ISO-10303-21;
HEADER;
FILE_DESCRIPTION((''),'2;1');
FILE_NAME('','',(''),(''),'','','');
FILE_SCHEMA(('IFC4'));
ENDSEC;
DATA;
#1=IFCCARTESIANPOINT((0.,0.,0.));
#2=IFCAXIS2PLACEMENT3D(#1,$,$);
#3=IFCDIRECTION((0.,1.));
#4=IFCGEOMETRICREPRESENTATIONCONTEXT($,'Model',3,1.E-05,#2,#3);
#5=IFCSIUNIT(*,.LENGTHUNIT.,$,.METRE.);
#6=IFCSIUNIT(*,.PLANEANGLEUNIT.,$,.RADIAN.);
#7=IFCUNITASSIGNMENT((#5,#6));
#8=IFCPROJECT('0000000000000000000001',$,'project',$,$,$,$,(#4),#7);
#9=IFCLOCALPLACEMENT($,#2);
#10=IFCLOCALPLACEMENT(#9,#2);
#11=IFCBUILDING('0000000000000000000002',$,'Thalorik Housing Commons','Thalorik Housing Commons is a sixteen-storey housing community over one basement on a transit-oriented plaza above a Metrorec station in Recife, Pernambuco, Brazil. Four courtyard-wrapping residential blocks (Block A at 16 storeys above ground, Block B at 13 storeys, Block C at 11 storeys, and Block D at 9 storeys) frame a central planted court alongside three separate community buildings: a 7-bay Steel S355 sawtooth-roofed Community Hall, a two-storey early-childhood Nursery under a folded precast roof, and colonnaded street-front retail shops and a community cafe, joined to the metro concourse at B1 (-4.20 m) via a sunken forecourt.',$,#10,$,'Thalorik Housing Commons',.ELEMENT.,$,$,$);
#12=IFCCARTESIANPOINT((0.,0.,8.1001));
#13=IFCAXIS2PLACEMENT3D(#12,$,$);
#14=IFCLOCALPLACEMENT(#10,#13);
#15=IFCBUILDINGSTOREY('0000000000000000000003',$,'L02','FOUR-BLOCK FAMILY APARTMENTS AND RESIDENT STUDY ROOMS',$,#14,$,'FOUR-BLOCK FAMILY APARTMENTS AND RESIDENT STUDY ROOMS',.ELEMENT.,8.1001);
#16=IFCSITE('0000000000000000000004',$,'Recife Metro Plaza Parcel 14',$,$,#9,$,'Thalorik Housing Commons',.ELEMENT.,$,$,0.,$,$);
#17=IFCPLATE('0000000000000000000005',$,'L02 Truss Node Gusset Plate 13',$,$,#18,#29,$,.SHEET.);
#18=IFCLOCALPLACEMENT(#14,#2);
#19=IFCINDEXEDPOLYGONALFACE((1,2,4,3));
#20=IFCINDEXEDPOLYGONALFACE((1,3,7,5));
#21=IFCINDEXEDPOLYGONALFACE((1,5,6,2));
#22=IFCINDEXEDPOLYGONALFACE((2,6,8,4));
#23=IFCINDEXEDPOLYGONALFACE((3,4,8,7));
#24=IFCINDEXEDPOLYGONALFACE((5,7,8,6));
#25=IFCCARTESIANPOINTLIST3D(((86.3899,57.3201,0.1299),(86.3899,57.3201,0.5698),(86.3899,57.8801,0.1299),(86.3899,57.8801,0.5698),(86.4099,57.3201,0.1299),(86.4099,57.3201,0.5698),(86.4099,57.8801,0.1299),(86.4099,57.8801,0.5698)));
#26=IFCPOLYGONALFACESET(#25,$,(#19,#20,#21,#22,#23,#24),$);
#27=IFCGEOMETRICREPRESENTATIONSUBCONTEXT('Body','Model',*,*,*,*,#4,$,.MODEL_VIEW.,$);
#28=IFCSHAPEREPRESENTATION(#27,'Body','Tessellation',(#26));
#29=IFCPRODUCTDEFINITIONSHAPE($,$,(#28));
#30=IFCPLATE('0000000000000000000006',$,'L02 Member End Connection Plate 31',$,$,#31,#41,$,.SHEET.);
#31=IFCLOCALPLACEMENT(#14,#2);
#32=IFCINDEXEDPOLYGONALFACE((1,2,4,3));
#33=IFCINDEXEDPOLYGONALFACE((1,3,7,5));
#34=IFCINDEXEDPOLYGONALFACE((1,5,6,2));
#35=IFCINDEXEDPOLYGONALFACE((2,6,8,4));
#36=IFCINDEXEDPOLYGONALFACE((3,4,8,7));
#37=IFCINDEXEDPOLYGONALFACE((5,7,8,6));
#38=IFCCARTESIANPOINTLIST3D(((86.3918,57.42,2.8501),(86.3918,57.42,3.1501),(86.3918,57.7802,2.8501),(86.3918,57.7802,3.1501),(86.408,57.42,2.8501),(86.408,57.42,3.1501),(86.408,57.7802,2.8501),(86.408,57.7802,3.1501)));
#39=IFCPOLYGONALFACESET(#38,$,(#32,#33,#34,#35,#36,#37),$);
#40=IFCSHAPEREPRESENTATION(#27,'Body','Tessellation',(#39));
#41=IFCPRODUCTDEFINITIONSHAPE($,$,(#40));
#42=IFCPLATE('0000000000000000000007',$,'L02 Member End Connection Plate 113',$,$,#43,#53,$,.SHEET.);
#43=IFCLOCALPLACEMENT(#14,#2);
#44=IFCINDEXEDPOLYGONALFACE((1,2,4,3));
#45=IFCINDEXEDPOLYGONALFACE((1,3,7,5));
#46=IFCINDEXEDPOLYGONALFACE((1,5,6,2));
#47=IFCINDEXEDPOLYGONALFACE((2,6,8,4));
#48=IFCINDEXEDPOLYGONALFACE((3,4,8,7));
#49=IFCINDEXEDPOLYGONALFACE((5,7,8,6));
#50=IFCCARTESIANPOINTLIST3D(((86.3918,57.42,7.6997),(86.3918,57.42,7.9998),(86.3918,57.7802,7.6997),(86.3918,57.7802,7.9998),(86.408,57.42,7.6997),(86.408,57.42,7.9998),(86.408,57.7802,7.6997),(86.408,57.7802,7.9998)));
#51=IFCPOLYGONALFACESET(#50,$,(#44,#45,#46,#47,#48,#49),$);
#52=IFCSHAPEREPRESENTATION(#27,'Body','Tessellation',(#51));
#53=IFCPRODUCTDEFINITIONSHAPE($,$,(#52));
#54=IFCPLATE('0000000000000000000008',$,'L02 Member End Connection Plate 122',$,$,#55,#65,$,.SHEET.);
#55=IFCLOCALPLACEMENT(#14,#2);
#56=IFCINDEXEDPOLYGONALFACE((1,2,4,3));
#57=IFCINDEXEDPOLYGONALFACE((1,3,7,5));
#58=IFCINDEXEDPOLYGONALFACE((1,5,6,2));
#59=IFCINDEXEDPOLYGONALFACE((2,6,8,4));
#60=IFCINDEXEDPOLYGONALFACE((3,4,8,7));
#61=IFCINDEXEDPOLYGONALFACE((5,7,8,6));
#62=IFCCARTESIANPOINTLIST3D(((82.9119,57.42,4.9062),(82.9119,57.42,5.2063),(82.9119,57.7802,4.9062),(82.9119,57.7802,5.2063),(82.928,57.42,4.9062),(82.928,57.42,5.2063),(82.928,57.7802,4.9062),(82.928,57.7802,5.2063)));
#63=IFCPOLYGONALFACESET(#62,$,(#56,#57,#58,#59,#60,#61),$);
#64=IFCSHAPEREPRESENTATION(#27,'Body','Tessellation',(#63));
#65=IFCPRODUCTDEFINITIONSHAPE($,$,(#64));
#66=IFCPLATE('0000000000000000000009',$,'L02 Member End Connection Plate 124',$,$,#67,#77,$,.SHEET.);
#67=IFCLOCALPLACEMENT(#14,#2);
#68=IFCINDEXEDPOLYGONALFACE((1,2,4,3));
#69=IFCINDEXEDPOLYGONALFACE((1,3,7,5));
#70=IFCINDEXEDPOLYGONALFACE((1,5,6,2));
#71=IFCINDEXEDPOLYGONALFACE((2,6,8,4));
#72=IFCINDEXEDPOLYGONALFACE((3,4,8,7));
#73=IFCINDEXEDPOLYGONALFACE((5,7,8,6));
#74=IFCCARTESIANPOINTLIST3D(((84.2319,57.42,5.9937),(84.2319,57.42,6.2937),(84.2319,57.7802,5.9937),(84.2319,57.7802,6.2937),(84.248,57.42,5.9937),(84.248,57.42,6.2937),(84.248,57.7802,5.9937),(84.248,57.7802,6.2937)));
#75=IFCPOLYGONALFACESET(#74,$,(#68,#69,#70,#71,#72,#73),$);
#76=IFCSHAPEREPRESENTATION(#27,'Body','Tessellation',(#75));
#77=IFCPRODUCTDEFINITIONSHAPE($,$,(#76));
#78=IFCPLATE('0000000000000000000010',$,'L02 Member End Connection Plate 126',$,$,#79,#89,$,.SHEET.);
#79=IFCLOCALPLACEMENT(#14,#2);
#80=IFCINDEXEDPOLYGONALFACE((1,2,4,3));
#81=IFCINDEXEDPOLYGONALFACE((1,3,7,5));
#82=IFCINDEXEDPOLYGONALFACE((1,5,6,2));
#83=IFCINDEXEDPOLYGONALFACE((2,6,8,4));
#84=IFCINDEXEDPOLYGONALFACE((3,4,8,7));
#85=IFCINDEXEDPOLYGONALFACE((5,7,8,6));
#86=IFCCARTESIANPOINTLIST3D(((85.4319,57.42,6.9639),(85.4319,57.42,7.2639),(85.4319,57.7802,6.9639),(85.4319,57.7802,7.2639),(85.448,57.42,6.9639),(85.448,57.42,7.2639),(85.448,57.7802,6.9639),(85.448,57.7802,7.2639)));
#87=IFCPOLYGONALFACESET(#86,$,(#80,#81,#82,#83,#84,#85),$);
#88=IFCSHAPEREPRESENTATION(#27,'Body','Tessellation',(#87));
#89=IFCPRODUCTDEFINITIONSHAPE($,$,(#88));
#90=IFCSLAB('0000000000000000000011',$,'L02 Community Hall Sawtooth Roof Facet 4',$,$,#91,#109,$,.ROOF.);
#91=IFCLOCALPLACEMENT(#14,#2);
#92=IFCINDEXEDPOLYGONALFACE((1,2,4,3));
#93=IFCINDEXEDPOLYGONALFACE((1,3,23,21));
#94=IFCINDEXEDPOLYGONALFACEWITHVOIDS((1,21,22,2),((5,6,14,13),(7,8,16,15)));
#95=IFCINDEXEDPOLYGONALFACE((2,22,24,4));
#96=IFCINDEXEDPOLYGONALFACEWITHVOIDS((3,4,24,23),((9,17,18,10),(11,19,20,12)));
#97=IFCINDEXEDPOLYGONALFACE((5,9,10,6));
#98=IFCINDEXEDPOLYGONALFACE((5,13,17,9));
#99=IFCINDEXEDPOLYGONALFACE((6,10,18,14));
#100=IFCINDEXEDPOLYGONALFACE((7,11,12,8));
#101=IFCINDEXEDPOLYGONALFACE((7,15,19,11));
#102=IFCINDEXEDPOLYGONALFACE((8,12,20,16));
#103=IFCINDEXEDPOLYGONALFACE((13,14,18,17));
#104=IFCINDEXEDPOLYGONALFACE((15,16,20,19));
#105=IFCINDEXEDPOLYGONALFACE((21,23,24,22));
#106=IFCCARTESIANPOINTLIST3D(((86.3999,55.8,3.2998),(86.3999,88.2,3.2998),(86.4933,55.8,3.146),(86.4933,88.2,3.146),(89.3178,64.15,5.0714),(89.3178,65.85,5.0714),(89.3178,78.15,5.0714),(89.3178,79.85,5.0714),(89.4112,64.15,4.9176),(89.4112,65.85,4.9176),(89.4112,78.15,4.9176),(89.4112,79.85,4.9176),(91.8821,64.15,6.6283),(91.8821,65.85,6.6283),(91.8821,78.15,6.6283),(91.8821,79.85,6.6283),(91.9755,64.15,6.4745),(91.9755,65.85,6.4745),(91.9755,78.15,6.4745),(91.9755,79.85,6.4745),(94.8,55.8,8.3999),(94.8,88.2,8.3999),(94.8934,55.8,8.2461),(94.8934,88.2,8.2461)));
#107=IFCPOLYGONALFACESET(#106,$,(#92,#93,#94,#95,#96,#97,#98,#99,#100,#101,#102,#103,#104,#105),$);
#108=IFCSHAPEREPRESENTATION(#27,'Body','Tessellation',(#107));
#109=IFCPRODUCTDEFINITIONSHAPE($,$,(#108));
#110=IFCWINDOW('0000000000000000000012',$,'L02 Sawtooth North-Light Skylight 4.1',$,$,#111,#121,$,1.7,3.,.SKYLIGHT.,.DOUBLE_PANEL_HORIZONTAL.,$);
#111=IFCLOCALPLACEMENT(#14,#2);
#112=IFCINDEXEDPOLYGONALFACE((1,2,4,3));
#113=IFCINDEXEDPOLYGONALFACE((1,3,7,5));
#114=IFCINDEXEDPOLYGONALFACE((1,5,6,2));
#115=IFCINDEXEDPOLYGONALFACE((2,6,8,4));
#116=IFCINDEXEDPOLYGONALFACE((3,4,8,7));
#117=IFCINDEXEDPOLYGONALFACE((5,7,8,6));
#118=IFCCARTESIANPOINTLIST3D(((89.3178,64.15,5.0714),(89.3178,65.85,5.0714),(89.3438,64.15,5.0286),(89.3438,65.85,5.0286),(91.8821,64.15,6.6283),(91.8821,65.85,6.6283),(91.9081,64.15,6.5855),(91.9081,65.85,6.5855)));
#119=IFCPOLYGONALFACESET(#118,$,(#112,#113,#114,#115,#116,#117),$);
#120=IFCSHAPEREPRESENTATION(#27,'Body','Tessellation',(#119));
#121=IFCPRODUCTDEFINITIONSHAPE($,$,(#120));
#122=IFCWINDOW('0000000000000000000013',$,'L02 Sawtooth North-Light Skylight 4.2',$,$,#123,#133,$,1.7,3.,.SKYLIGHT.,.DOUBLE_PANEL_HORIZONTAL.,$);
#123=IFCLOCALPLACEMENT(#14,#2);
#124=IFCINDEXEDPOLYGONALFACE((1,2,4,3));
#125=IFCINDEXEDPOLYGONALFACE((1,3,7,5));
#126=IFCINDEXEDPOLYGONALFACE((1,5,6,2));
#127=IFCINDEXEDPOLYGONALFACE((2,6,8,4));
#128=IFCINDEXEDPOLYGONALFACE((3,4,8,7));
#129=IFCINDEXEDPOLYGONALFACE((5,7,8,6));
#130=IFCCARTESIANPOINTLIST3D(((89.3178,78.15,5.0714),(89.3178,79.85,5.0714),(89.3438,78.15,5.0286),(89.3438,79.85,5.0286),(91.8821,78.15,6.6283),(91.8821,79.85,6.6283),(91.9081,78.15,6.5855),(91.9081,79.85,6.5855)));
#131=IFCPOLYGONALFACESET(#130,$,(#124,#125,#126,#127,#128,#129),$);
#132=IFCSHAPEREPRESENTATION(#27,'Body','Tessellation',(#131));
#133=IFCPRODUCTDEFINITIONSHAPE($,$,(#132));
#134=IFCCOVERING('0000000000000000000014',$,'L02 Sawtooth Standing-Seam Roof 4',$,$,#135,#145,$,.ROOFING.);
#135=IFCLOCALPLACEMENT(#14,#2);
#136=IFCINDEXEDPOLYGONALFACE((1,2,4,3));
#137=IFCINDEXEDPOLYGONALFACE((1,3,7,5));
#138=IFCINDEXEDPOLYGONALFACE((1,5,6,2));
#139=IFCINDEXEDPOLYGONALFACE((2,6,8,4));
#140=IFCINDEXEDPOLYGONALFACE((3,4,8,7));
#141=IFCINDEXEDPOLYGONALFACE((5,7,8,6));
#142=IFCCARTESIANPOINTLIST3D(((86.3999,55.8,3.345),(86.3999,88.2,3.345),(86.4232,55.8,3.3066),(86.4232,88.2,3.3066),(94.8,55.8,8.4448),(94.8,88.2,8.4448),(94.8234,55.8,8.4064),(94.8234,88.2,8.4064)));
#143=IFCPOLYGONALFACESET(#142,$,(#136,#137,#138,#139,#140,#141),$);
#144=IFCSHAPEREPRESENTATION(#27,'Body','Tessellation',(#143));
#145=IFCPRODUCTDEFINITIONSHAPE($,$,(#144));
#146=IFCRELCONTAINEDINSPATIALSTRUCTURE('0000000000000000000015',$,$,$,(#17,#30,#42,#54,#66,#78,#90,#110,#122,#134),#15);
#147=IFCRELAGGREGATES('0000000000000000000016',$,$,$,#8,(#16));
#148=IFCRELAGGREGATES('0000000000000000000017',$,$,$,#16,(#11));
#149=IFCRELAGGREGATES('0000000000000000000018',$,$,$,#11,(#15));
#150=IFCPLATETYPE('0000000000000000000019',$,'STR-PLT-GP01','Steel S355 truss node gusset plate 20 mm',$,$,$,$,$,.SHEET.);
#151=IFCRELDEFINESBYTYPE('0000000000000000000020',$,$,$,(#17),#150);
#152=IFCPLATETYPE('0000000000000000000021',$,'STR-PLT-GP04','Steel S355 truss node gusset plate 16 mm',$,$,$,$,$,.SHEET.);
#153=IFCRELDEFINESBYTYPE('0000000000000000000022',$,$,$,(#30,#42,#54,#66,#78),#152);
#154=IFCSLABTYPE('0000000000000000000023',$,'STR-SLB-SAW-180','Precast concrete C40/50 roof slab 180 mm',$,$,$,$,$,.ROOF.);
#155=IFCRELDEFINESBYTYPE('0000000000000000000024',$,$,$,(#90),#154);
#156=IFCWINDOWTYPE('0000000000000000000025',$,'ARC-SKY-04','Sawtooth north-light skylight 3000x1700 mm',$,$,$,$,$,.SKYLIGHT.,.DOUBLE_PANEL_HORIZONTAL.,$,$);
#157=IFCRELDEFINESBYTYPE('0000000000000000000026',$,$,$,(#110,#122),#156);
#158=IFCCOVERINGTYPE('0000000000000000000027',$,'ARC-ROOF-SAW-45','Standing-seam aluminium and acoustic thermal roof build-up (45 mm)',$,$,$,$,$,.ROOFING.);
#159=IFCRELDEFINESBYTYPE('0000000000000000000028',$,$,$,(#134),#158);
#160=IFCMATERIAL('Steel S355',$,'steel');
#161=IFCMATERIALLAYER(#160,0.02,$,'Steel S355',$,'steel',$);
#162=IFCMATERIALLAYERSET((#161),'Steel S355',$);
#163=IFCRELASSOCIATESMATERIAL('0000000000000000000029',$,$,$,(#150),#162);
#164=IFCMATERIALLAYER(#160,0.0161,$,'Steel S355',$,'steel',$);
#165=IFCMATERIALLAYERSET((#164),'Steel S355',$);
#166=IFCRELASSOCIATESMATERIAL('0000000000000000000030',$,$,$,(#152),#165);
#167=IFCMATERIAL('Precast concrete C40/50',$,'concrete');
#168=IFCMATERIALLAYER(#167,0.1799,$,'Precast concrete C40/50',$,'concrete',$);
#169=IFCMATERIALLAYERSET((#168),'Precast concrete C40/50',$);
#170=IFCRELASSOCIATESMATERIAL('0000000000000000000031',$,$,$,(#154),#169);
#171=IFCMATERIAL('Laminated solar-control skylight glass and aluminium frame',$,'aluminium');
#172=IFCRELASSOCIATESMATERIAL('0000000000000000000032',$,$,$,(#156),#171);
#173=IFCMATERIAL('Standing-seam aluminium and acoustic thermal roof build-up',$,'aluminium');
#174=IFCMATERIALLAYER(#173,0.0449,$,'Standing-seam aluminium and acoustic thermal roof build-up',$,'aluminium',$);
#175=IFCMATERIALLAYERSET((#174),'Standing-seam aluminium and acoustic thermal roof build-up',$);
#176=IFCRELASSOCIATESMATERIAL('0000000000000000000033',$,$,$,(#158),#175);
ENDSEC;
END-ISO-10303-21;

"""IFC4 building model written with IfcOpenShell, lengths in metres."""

from ifc_helpers import new_model, si_unit, direction, frame, origin, origin_2d, place, context, subcontext, project, spatial, polyline, rectangle, outline, extrude, material, layer, layer_set, type_object, element, fill, save


model = new_model("IFC4")

# Units and contexts
model_context = context("Model", 3, precision=1e-05, world=origin(), true_north=direction((0.0, 1.0)))
body_context = subcontext(model_context, "Body", "Model", "MODEL_VIEW")
ifc_project = project(units=[si_unit("LENGTHUNIT", "METRE"), si_unit("PLANEANGLEUNIT", "RADIAN")], contexts=[model_context])

# Site, building, storey
site_placement = place(None, origin())
site = spatial("IfcSite", under=ifc_project, at=site_placement, Name="Recife Metro Plaza Parcel 14", LongName="Thalorik Housing Commons", CompositionType="ELEMENT", RefElevation=0.0)
building_placement = place(site_placement, origin())
building = spatial("IfcBuilding", under=site, at=building_placement, Name="Thalorik Housing Commons", Description="Thalorik Housing Commons is a sixteen-storey housing community over one basement on a transit-oriented plaza above a Metrorec station in Recife, Pernambuco, Brazil. Four courtyard-wrapping residential blocks (Block A at 16 storeys above ground, Block B at 13 storeys, Block C at 11 storeys, and Block D at 9 storeys) frame a central planted court alongside three separate community buildings: a 7-bay Steel S355 sawtooth-roofed Community Hall, a two-storey early-childhood Nursery under a folded precast roof, and colonnaded street-front retail shops and a community cafe, joined to the metro concourse at B1 (-4.20 m) via a sunken forecourt.", LongName="Thalorik Housing Commons", CompositionType="ELEMENT")
storey_placement = place(building_placement, frame((0.0, 0.0, 8.1001)))
storey = spatial("IfcBuildingStorey", under=building, at=storey_placement, Name="L02", Description="FOUR-BLOCK FAMILY APARTMENTS AND RESIDENT STUDY ROOMS", LongName="FOUR-BLOCK FAMILY APARTMENTS AND RESIDENT STUDY ROOMS", CompositionType="ELEMENT", Elevation=8.1001)

# Shared definitions
ifc_material_1 = material(Name="Steel S355", Category="steel")

# Plates
ifc_layer_1 = layer(ifc_material_1, 0.02, Name="Steel S355", Category="steel")
ifc_layer_set_1 = layer_set([ifc_layer_1], Name="Steel S355")
plate_type_1 = type_object("IfcPlateType", Name="STR-PLT-GP01", Description="Steel S355 truss node gusset plate 20 mm", PredefinedType="SHEET", material=ifc_layer_set_1)
plate_placement = place(storey_placement, frame((86.3999, 57.6001, 0.1299), z_axis=(0.0, 0.0, 1.0), x_axis=(1.0, 0.0, 0.0)))
element("IfcPlate", 1, at=plate_placement, inside=storey, type_object=plate_type_1, Name="L02 Truss Node Gusset Plate 13", PredefinedType="SHEET", context=body_context, shape_type="SweptSolid", body=[
    extrude(rectangle(XDim=0.02, YDim=0.5601, at=origin_2d()), origin(), (0.0, 0.0, 1.0), 0.4399),
])
ifc_layer_2 = layer(ifc_material_1, 0.0161, Name="Steel S355", Category="steel")
ifc_layer_set_2 = layer_set([ifc_layer_2], Name="Steel S355")
plate_type_2 = type_object("IfcPlateType", Name="STR-PLT-GP04", Description="Steel S355 truss node gusset plate 16 mm", PredefinedType="SHEET", material=ifc_layer_set_2)
for number, where, z_axis, x_axis, name in (
    (2, (86.3999, 57.6001, 2.8501), (0.0, 0.0, 1.0), (1.0, 0.0, 0.0), "L02 Member End Connection Plate 31"),
    (3, (86.3999, 57.6001, 7.6997), (0.0, 0.0, 1.0), (1.0, 0.0, 0.0), "L02 Member End Connection Plate 113"),
    (4, (82.9199, 57.6001, 4.9062), (0.0, 0.0, 1.0), (1.0, 0.0, 0.0), "L02 Member End Connection Plate 122"),
    (5, (84.24, 57.6001, 5.9937), (0.0, 0.0, 1.0), (1.0, 0.0, 0.0), "L02 Member End Connection Plate 124"),
    (6, (85.4399, 57.6001, 6.9639), (0.0, 0.0, 1.0), (1.0, 0.0, 0.0), "L02 Member End Connection Plate 126"),
):
    element("IfcPlate", number, at=place(storey_placement, frame(where, z_axis=z_axis, x_axis=x_axis)), inside=storey, type_object=plate_type_2, Name=name, PredefinedType="SHEET", context=body_context, shape_type="SweptSolid", body=[
        extrude(rectangle(XDim=0.0161, YDim=0.3601, at=origin_2d()), origin(), (0.0, 0.0, 1.0), 0.3),
    ])

# Slab, openings, windows
ifc_material_2 = material(Name="Precast concrete C40/50", Category="concrete")
ifc_layer_3 = layer(ifc_material_2, 0.1799, Name="Precast concrete C40/50", Category="concrete")
ifc_layer_set_3 = layer_set([ifc_layer_3], Name="Precast concrete C40/50")
slab_type = type_object("IfcSlabType", Name="STR-SLB-SAW-180", Description="Precast concrete C40/50 roof slab 180 mm", PredefinedType="ROOF", material=ifc_layer_set_3)
slab_placement = place(storey_placement, frame((86.3999, 55.8, 3.2998), z_axis=(-0.518979, 0.0, 0.854787), x_axis=(0.854787, 0.0, 0.518979)))
slab = element("IfcSlab", 7, at=slab_placement, inside=storey, type_object=slab_type, Name="L02 Community Hall Sawtooth Roof Facet 4", PredefinedType="ROOF", context=body_context, shape_type="SweptSolid", body=[
    extrude(outline(polyline([(0.0, 0.0), (9.8272, 0.0), (9.8272, 32.3999), (0.0, 32.3999), (0.0, 0.0)])), origin(), (0.0, 0.0, -1.0), 0.1799),
])
opening_1_placement = place(slab_placement, frame((4.9136, 9.2, 0.01), z_axis=(0.0, 0.0, -1.0), x_axis=(1.0, 0.0, 0.0)))
opening_1 = element("IfcOpeningElement", 8, at=opening_1_placement, cuts=slab, PredefinedType="OPENING", context=body_context, shape_type="SweptSolid", body=[
    extrude(rectangle(XDim=3.0, YDim=1.7, at=origin_2d()), origin(), (0.0, 0.0, 1.0), 0.2),
])
opening_2_placement = place(slab_placement, frame((4.9136, 23.2, 0.01), z_axis=(0.0, 0.0, -1.0), x_axis=(1.0, 0.0, 0.0)))
opening_2 = element("IfcOpeningElement", 9, at=opening_2_placement, cuts=slab, PredefinedType="OPENING", context=body_context, shape_type="SweptSolid", body=[
    extrude(rectangle(XDim=3.0, YDim=1.7, at=origin_2d()), origin(), (0.0, 0.0, 1.0), 0.2),
])
ifc_material_3 = material(Name="Laminated solar-control skylight glass and aluminium frame", Category="aluminium")
window_type = type_object("IfcWindowType", Name="ARC-SKY-04", Description="Sawtooth north-light skylight 3000x1700 mm", PartitioningType="DOUBLE_PANEL_HORIZONTAL", PredefinedType="SKYLIGHT", material=ifc_material_3)
window_1_placement = place(opening_1_placement, frame((0.0, 0.0, 0.01)))
window_1 = element("IfcWindow", 10, at=window_1_placement, inside=storey, type_object=window_type, Name="L02 Sawtooth North-Light Skylight 4.1", OverallHeight=1.7, OverallWidth=3.0, PartitioningType="DOUBLE_PANEL_HORIZONTAL", PredefinedType="SKYLIGHT", context=body_context, shape_type="SweptSolid", body=[
    extrude(rectangle(XDim=3.0, YDim=1.7, at=origin_2d()), origin(), (0.0, 0.0, 1.0), 0.05),
])
fill(opening_1, window_1)
window_2_placement = place(opening_2_placement, frame((0.0, 0.0, 0.01)))
window_2 = element("IfcWindow", 11, at=window_2_placement, inside=storey, type_object=window_type, Name="L02 Sawtooth North-Light Skylight 4.2", OverallHeight=1.7, OverallWidth=3.0, PartitioningType="DOUBLE_PANEL_HORIZONTAL", PredefinedType="SKYLIGHT", context=body_context, shape_type="SweptSolid", body=[
    extrude(rectangle(XDim=3.0, YDim=1.7, at=origin_2d()), origin(), (0.0, 0.0, 1.0), 0.05),
])
fill(opening_2, window_2)

# Covering
ifc_material_4 = material(Name="Standing-seam aluminium and acoustic thermal roof build-up", Category="aluminium")
ifc_layer_4 = layer(ifc_material_4, 0.0449, Name="Standing-seam aluminium and acoustic thermal roof build-up", Category="aluminium")
ifc_layer_set_4 = layer_set([ifc_layer_4], Name="Standing-seam aluminium and acoustic thermal roof build-up")
covering_type = type_object("IfcCoveringType", Name="ARC-ROOF-SAW-45", Description="Standing-seam aluminium and acoustic thermal roof build-up (45 mm)", PredefinedType="ROOFING", material=ifc_layer_set_4)
covering_placement = place(storey_placement, frame((86.3999, 55.8, 3.345), z_axis=(-0.518961, 0.0, 0.854798), x_axis=(0.854798, 0.0, 0.518961)))
element("IfcCovering", 12, at=covering_placement, inside=storey, type_object=covering_type, Name="L02 Sawtooth Standing-Seam Roof 4", PredefinedType="ROOFING", context=body_context, shape_type="SweptSolid", body=[
    extrude(outline(polyline([(0.0, 0.0), (9.8271, 0.0), (9.8271, 32.3999), (0.0, 32.3999), (0.0, 0.0)])), origin(), (0.0, 0.0, -1.0), 0.0449),
])

save(model, "model.ifc")
